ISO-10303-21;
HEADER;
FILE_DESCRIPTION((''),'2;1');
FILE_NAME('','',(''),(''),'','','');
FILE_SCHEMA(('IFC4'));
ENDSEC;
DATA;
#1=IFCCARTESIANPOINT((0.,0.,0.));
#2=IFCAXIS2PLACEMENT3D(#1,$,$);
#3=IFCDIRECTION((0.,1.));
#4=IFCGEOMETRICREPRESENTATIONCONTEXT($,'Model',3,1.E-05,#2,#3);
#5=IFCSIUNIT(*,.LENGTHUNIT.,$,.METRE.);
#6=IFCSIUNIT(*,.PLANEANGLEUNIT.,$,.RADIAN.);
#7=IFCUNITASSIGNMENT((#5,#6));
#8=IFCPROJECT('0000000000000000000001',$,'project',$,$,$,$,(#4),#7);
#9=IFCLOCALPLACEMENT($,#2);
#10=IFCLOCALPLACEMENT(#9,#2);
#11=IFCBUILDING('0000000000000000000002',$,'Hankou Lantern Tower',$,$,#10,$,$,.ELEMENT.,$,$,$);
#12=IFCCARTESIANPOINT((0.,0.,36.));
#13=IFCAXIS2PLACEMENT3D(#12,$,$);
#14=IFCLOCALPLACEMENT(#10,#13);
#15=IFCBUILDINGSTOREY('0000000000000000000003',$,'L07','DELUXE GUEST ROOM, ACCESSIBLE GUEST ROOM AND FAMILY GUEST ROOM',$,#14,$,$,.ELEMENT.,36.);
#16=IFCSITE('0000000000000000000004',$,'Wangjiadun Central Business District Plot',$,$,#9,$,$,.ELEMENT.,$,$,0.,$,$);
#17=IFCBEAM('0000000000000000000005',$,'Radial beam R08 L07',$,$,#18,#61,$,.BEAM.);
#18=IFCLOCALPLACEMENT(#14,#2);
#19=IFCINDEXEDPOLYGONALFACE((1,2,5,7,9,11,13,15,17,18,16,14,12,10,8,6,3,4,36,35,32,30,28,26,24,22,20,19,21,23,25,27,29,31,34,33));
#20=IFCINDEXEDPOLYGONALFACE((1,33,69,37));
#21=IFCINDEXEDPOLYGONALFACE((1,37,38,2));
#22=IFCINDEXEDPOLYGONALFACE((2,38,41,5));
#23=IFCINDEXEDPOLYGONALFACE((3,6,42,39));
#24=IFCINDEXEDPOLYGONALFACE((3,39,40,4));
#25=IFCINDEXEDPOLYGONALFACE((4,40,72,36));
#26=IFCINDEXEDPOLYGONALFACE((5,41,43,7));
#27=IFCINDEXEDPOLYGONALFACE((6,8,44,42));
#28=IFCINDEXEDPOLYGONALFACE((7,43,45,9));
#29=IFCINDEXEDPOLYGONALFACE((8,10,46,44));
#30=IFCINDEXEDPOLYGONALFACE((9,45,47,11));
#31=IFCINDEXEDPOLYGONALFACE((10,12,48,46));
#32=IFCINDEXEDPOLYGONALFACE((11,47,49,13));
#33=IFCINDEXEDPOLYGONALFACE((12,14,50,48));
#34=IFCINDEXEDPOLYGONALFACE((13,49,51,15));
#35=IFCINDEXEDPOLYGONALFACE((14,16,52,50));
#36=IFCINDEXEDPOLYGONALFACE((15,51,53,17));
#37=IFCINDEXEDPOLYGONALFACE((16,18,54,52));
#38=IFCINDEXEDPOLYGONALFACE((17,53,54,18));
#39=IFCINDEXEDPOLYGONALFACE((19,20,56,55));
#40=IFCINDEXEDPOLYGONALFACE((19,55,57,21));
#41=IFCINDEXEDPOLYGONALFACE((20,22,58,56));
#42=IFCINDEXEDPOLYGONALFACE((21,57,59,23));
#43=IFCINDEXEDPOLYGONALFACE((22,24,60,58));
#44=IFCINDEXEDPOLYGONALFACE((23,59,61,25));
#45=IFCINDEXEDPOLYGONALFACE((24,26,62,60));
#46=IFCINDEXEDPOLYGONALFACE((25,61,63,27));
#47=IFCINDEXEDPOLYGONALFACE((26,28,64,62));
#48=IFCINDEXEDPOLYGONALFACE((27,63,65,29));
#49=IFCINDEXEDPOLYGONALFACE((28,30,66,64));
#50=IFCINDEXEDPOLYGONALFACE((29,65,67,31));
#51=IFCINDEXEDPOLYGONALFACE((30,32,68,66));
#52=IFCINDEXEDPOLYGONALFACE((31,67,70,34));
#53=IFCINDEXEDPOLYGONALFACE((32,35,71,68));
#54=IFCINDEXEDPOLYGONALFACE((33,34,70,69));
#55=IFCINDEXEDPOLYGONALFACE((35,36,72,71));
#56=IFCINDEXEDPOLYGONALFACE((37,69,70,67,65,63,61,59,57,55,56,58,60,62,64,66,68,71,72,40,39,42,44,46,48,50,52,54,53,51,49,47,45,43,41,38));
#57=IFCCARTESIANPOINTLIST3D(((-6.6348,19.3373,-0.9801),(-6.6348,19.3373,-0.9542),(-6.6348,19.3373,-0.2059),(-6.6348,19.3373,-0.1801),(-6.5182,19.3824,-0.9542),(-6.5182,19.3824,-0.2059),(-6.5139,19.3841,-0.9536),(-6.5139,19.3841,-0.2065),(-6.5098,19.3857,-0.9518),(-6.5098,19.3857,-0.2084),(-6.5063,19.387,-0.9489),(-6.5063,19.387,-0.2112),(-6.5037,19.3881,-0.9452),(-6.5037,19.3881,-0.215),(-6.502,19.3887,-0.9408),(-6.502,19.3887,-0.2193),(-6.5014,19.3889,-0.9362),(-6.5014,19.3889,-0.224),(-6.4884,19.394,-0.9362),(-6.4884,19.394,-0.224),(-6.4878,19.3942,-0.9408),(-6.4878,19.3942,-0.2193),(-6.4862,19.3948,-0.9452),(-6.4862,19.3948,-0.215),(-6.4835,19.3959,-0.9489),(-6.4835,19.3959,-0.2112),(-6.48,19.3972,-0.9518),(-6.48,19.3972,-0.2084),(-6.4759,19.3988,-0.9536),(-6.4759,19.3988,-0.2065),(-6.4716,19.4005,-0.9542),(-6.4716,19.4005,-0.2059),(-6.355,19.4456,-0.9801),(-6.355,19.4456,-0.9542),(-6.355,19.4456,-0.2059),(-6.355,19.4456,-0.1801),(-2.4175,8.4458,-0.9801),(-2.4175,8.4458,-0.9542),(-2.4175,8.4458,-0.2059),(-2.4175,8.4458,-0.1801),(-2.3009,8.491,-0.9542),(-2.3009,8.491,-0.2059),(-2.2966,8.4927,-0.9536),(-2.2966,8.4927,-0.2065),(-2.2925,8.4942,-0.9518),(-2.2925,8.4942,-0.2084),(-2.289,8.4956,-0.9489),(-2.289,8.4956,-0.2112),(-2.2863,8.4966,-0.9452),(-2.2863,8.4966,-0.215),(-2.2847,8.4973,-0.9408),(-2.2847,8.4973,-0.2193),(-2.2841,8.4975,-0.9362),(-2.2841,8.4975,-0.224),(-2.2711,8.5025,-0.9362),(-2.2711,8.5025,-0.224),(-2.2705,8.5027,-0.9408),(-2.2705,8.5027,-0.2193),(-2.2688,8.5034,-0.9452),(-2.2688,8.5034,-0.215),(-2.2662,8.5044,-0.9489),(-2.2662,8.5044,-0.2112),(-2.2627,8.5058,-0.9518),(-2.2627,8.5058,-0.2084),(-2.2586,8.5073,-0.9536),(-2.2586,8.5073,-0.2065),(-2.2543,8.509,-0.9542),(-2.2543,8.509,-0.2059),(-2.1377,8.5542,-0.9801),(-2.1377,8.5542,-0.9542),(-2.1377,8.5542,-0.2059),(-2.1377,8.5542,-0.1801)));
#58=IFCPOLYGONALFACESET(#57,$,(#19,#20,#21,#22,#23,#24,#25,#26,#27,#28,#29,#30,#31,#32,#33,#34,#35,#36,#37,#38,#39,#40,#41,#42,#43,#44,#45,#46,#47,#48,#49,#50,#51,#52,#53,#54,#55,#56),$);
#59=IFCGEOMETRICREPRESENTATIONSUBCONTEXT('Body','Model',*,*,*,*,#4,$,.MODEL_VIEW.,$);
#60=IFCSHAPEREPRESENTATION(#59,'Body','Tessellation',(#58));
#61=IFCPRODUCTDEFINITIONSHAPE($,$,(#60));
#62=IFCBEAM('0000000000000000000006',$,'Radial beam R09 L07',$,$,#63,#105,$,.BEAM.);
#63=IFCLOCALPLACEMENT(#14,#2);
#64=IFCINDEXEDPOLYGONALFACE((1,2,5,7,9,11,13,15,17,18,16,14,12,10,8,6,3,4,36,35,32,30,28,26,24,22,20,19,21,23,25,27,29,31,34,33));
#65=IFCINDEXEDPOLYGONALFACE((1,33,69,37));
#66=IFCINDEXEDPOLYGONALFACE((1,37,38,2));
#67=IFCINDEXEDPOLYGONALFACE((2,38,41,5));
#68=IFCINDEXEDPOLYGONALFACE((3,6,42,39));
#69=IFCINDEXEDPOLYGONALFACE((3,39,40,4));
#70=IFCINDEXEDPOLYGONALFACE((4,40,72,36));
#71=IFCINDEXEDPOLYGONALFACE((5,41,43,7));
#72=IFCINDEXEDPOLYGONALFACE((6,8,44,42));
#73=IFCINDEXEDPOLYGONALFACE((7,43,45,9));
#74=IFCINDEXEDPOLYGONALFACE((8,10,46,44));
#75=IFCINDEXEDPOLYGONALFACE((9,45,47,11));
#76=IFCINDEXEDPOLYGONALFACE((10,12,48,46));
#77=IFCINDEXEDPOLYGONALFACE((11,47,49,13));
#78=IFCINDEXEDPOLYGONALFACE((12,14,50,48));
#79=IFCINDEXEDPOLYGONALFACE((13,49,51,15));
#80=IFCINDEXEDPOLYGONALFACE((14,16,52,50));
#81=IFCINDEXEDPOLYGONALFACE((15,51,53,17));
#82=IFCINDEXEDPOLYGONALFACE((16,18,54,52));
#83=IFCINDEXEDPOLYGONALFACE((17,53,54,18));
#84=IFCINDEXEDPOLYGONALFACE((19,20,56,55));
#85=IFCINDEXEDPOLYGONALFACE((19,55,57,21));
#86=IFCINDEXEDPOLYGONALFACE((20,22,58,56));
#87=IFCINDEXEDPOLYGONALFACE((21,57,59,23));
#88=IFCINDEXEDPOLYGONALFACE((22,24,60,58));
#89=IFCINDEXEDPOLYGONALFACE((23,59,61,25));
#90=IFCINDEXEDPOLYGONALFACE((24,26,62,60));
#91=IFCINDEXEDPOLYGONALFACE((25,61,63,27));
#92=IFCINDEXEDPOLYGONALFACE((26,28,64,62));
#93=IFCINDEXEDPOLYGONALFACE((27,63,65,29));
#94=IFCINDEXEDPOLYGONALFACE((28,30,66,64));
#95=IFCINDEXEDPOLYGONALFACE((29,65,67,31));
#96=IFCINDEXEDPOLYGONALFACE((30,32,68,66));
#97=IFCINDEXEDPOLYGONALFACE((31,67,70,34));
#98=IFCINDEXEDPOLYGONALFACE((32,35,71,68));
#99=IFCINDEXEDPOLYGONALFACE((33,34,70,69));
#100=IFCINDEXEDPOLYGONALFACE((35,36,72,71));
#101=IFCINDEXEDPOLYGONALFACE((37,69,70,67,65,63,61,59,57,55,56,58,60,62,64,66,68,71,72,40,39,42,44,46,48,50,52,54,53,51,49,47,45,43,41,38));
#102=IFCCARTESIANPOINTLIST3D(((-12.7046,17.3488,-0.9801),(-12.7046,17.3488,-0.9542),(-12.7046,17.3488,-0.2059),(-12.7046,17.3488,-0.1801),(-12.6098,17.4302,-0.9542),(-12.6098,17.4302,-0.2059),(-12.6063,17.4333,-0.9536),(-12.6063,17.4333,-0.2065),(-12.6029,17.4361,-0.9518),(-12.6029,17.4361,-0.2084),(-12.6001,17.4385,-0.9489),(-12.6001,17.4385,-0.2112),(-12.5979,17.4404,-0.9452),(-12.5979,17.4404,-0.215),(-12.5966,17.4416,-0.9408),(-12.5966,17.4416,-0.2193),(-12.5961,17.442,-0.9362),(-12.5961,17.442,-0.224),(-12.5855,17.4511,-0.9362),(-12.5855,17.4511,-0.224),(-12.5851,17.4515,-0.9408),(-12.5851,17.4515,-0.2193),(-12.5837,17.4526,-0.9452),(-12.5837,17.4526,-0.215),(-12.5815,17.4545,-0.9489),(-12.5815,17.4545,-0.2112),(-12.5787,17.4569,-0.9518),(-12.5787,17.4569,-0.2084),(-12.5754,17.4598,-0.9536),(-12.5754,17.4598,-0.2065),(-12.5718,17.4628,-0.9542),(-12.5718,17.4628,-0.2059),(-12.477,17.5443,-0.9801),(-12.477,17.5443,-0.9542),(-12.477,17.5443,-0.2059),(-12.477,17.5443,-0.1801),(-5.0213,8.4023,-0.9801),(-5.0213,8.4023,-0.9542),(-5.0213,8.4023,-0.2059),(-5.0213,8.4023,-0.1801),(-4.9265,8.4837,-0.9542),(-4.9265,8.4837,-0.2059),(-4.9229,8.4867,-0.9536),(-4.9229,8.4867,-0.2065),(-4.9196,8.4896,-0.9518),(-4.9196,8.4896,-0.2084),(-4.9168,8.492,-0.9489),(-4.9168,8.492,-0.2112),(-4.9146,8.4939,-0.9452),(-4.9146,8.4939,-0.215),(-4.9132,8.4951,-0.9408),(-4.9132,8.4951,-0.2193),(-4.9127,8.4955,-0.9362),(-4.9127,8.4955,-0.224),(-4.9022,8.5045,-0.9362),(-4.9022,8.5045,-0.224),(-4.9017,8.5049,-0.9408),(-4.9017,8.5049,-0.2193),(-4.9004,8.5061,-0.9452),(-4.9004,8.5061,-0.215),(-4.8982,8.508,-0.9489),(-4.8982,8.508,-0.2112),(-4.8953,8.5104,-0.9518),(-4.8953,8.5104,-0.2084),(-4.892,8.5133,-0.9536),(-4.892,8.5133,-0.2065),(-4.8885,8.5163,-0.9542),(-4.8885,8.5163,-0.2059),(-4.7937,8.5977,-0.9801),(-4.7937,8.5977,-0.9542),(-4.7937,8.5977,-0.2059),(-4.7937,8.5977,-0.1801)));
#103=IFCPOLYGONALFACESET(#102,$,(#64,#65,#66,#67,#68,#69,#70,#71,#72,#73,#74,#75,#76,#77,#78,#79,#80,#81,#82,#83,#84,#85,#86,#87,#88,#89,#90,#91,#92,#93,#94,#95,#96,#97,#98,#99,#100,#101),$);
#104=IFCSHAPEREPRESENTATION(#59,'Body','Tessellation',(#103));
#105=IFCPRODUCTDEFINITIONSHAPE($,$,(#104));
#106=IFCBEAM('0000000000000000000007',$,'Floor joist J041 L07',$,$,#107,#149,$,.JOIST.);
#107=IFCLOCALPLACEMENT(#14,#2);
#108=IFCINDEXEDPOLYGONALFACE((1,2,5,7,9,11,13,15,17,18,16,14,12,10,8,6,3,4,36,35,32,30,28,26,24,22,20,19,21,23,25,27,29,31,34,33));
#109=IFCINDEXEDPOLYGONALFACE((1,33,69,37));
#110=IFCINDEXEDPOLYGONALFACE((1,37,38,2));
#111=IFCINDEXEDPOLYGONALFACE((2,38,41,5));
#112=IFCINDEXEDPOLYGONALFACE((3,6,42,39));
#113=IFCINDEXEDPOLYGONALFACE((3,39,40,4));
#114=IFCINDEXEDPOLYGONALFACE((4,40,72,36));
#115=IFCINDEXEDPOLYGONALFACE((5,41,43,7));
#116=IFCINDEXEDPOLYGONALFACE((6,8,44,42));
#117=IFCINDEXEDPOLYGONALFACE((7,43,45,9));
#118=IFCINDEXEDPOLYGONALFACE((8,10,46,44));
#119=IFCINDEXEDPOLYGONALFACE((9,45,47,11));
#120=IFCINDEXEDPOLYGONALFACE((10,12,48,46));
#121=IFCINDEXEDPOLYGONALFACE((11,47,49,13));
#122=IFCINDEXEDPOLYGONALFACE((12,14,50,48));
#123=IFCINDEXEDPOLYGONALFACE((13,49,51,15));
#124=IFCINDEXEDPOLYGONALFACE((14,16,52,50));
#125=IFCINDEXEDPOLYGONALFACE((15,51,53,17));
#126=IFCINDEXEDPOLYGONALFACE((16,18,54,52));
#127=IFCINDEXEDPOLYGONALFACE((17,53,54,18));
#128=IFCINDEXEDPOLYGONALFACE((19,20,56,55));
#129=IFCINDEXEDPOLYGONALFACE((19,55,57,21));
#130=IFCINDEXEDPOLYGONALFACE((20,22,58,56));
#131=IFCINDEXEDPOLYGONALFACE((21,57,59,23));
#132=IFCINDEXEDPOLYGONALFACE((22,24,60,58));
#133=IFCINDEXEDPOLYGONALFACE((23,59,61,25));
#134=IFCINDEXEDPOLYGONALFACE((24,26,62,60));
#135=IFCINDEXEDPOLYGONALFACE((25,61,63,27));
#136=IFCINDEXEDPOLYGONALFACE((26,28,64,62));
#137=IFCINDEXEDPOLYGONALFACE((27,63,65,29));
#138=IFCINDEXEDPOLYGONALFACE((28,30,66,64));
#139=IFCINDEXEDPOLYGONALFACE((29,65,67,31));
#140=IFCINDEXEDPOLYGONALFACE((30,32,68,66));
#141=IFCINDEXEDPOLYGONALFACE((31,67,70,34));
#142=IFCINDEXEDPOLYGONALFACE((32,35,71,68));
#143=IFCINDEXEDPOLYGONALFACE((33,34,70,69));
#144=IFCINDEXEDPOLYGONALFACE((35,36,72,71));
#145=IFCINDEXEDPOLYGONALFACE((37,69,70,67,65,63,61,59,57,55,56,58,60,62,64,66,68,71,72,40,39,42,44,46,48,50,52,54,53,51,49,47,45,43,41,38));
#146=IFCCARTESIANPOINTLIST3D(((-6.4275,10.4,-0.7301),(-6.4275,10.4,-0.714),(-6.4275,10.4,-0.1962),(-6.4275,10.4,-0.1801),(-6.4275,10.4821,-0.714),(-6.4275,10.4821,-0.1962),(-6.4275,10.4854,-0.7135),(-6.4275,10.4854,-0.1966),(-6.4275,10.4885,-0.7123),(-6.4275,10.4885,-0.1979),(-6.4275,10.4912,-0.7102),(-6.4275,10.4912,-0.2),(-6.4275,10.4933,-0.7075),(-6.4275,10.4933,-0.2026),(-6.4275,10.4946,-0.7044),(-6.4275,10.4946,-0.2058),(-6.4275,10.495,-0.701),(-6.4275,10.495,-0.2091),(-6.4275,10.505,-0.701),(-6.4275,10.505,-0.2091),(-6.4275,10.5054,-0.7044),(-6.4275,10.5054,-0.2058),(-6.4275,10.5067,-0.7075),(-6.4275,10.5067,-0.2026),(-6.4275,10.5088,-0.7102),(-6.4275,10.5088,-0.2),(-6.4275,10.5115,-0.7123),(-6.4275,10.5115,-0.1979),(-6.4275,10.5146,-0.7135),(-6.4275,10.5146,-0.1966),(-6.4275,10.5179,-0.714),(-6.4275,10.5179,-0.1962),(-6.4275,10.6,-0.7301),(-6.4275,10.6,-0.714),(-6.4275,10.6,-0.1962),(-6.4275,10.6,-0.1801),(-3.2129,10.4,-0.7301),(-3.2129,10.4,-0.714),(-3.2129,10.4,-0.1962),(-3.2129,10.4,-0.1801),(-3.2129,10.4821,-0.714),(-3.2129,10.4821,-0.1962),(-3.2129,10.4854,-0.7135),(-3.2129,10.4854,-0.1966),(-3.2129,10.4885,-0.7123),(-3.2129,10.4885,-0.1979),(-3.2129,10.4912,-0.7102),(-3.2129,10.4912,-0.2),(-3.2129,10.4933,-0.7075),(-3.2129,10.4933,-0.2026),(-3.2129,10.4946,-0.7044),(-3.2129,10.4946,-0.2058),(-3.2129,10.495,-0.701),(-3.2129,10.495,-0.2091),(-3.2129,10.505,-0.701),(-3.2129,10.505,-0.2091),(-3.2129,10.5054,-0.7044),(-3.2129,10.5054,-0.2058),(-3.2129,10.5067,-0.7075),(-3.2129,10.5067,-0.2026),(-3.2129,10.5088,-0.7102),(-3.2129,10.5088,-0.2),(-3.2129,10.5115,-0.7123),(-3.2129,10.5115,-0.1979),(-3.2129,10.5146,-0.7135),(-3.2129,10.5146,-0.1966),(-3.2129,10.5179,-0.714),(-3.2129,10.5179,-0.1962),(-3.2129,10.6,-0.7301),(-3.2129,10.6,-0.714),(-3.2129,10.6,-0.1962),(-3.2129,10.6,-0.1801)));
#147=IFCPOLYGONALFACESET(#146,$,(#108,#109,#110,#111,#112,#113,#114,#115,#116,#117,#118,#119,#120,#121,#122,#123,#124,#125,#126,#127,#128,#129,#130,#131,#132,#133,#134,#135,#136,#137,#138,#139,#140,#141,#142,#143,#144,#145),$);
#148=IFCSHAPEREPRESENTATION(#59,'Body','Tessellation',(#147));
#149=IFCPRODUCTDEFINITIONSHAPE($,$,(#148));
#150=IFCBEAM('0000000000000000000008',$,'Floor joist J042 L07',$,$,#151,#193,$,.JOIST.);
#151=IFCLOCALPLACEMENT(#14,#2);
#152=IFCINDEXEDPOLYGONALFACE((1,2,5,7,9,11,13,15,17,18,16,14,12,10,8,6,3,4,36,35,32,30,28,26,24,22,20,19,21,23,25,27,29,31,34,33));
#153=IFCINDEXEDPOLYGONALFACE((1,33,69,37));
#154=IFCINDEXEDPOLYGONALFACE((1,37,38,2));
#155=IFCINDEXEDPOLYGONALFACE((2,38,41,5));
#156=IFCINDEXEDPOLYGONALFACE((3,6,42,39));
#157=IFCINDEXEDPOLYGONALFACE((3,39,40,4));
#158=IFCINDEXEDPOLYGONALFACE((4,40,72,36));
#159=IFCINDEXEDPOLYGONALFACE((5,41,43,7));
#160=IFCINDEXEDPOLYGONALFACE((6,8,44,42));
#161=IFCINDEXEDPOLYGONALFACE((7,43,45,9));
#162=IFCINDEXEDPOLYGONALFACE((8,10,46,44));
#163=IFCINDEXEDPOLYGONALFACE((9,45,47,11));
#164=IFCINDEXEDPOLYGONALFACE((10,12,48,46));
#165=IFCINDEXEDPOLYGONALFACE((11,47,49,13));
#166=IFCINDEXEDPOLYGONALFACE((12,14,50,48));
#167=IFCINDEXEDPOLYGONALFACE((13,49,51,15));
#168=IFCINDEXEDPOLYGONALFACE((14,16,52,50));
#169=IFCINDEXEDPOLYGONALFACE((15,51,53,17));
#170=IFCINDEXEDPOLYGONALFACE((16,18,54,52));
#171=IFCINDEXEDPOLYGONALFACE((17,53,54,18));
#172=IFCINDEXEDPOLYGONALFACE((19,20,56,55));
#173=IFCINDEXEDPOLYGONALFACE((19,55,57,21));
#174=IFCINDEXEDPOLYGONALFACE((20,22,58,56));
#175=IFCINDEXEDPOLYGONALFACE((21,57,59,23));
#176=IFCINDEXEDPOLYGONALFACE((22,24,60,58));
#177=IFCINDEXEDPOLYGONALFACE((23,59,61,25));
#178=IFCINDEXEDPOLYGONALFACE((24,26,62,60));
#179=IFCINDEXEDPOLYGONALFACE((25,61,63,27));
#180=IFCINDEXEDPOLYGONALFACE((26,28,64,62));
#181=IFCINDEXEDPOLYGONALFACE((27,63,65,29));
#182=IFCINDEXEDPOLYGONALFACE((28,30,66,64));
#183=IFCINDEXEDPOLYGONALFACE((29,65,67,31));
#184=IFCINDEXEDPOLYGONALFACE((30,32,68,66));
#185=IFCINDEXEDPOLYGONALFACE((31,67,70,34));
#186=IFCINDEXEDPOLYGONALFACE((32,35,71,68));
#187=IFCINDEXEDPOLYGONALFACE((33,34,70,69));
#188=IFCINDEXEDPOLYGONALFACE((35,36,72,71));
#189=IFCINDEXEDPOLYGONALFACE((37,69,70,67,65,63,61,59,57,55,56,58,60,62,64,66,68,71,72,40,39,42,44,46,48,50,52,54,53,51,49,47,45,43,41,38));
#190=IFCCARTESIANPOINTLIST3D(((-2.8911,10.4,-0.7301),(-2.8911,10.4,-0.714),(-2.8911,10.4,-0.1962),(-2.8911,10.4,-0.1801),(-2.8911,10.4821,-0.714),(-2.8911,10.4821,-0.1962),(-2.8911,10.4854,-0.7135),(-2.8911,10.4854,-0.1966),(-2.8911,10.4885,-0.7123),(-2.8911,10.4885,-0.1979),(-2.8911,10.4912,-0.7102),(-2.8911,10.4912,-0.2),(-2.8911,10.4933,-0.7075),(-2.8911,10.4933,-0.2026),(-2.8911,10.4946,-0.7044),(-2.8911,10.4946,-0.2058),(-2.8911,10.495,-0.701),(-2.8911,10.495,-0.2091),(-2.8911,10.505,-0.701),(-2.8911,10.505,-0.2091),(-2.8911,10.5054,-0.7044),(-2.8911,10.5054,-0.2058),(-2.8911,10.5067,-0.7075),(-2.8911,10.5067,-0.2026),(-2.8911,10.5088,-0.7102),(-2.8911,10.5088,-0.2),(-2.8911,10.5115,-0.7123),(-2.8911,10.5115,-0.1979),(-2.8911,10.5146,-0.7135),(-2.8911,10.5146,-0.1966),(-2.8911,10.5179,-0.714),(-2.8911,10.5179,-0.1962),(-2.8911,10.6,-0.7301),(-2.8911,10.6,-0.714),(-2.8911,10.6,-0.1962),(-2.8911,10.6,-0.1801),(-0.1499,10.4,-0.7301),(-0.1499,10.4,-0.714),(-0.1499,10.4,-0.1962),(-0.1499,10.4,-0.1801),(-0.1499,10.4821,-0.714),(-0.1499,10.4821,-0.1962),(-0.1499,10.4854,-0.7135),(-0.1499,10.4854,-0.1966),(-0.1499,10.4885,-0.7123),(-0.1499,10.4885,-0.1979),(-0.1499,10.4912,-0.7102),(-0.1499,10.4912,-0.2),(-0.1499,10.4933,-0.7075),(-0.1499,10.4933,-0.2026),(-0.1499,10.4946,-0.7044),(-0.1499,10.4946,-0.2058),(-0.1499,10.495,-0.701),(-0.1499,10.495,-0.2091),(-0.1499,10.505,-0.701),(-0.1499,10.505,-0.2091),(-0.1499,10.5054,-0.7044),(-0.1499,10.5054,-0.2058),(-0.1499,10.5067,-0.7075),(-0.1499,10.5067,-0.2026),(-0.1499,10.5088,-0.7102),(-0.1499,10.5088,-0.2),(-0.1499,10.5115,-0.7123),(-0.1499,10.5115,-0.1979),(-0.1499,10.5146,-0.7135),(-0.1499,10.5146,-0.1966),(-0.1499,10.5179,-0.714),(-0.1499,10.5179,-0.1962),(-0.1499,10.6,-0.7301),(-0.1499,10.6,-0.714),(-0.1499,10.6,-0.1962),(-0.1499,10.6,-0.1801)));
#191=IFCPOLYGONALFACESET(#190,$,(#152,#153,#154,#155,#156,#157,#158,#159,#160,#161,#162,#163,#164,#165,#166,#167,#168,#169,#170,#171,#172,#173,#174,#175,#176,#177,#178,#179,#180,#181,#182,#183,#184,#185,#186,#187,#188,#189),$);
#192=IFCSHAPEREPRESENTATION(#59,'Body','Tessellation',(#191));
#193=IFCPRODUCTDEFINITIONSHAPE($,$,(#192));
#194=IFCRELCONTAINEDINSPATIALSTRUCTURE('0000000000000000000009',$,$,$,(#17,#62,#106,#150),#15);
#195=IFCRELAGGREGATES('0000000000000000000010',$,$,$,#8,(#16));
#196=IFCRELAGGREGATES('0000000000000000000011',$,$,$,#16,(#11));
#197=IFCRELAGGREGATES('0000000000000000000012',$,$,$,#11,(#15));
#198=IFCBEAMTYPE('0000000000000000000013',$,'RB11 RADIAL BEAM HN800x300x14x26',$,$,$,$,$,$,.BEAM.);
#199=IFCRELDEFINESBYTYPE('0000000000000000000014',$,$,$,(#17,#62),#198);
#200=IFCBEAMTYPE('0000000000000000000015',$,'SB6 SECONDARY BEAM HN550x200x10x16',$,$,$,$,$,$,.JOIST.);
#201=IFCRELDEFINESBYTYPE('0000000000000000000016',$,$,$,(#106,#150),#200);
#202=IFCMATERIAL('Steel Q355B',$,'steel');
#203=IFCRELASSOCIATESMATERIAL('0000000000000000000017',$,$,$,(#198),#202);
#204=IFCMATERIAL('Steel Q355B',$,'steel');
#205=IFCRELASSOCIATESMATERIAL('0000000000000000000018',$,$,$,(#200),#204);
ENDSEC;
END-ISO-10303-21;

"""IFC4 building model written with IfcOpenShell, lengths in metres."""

from ifc_helpers import new_model, si_unit, direction, frame, origin, origin_2d, place, context, subcontext, project, spatial, i_section, extrude, material, material_profile, profile_set, type_object, element, save


model = new_model("IFC4")

# Units and contexts
model_context = context("Model", 3, precision=1e-05, world=origin(), true_north=direction((0.0, 1.0)))
body_context = subcontext(model_context, "Body", "Model", "MODEL_VIEW")
ifc_project = project(units=[si_unit("LENGTHUNIT", "METRE"), si_unit("PLANEANGLEUNIT", "RADIAN")], contexts=[model_context])

# Site, building, storey
site_placement = place(None, origin())
site = spatial("IfcSite", under=ifc_project, at=site_placement, Name="Wangjiadun Central Business District Plot", CompositionType="ELEMENT", RefElevation=0.0)
building_placement = place(site_placement, origin())
building = spatial("IfcBuilding", under=site, at=building_placement, Name="Hankou Lantern Tower", CompositionType="ELEMENT")
storey_placement = place(building_placement, frame((0.0, 0.0, 36.0)))
storey = spatial("IfcBuildingStorey", under=building, at=storey_placement, Name="L07", Description="DELUXE GUEST ROOM, ACCESSIBLE GUEST ROOM AND FAMILY GUEST ROOM", CompositionType="ELEMENT", Elevation=36.0)

# Beams
ifc_material_1 = material(Name="Steel Q355B", Category="steel")
ifc_material_profile_1 = material_profile(ifc_material_1, i_section(OverallWidth=0.3, OverallDepth=0.8, WebThickness=0.0139, FlangeThickness=0.0259, FilletRadius=0.0181, at=origin_2d()), Name="HN800x300x14x26")
ifc_profile_set_1 = profile_set([ifc_material_profile_1], Name="Steel Q355B")
beam_type_1 = type_object("IfcBeamType", Name="RB11 RADIAL BEAM HN800x300x14x26", PredefinedType="BEAM", material=ifc_profile_set_1)
beam_1_placement = place(storey_placement, frame((-2.2776, 8.5, -0.5801), z_axis=(-0.361089, 0.932531, 0.0), x_axis=(-0.932531, -0.361089, 0.0)))
element("IfcBeam", 1, at=beam_1_placement, inside=storey, type_object=beam_type_1, Name="Radial beam R08 L07", PredefinedType="BEAM", context=body_context, shape_type="SweptSolid", body=[
    extrude(i_section(OverallWidth=0.3, OverallDepth=0.8, WebThickness=0.0139, FlangeThickness=0.0259, FilletRadius=0.0181, at=origin_2d()), origin(), (0.0, 0.0, 1.0), 11.6794),
])
beam_2_placement = place(storey_placement, frame((-4.9075, 8.5, -0.5801), z_axis=(-0.651519, 0.758632, 0.0), x_axis=(-0.758632, -0.651519, 0.0)))
element("IfcBeam", 2, at=beam_2_placement, inside=storey, type_object=beam_type_1, Name="Radial beam R09 L07", PredefinedType="BEAM", context=body_context, shape_type="SweptSolid", body=[
    extrude(i_section(OverallWidth=0.3, OverallDepth=0.8, WebThickness=0.0139, FlangeThickness=0.0259, FilletRadius=0.0181, at=origin_2d()), origin(), (0.0, 0.0, 1.0), 11.793),
])
ifc_material_2 = material(Name="Steel Q355B", Category="steel")
ifc_material_profile_2 = material_profile(ifc_material_2, i_section(OverallWidth=0.2, OverallDepth=0.55, WebThickness=0.01, FlangeThickness=0.0161, FilletRadius=0.0129, at=origin_2d()), Name="HN550x200x10x16")
ifc_profile_set_2 = profile_set([ifc_material_profile_2], Name="Steel Q355B")
beam_type_2 = type_object("IfcBeamType", Name="SB6 SECONDARY BEAM HN550x200x10x16", PredefinedType="JOIST", material=ifc_profile_set_2)
beam_3_placement = place(storey_placement, frame((-6.4275, 10.5, -0.4551), z_axis=(1.0, 0.0, 0.0), x_axis=(0.0, 1.0, 0.0)))
element("IfcBeam", 3, at=beam_3_placement, inside=storey, type_object=beam_type_2, Name="Floor joist J041 L07", PredefinedType="JOIST", context=body_context, shape_type="SweptSolid", body=[
    extrude(i_section(OverallWidth=0.2, OverallDepth=0.55, WebThickness=0.01, FlangeThickness=0.0161, FilletRadius=0.0129, at=origin_2d()), origin(), (0.0, 0.0, 1.0), 3.2146),
])
beam_4_placement = place(storey_placement, frame((-2.8911, 10.5, -0.4551), z_axis=(1.0, 0.0, 0.0), x_axis=(0.0, 1.0, 0.0)))
element("IfcBeam", 4, at=beam_4_placement, inside=storey, type_object=beam_type_2, Name="Floor joist J042 L07", PredefinedType="JOIST", context=body_context, shape_type="SweptSolid", body=[
    extrude(i_section(OverallWidth=0.2, OverallDepth=0.55, WebThickness=0.01, FlangeThickness=0.0161, FilletRadius=0.0129, at=origin_2d()), origin(), (0.0, 0.0, 1.0), 2.7412),
])

save(model, "model.ifc")
